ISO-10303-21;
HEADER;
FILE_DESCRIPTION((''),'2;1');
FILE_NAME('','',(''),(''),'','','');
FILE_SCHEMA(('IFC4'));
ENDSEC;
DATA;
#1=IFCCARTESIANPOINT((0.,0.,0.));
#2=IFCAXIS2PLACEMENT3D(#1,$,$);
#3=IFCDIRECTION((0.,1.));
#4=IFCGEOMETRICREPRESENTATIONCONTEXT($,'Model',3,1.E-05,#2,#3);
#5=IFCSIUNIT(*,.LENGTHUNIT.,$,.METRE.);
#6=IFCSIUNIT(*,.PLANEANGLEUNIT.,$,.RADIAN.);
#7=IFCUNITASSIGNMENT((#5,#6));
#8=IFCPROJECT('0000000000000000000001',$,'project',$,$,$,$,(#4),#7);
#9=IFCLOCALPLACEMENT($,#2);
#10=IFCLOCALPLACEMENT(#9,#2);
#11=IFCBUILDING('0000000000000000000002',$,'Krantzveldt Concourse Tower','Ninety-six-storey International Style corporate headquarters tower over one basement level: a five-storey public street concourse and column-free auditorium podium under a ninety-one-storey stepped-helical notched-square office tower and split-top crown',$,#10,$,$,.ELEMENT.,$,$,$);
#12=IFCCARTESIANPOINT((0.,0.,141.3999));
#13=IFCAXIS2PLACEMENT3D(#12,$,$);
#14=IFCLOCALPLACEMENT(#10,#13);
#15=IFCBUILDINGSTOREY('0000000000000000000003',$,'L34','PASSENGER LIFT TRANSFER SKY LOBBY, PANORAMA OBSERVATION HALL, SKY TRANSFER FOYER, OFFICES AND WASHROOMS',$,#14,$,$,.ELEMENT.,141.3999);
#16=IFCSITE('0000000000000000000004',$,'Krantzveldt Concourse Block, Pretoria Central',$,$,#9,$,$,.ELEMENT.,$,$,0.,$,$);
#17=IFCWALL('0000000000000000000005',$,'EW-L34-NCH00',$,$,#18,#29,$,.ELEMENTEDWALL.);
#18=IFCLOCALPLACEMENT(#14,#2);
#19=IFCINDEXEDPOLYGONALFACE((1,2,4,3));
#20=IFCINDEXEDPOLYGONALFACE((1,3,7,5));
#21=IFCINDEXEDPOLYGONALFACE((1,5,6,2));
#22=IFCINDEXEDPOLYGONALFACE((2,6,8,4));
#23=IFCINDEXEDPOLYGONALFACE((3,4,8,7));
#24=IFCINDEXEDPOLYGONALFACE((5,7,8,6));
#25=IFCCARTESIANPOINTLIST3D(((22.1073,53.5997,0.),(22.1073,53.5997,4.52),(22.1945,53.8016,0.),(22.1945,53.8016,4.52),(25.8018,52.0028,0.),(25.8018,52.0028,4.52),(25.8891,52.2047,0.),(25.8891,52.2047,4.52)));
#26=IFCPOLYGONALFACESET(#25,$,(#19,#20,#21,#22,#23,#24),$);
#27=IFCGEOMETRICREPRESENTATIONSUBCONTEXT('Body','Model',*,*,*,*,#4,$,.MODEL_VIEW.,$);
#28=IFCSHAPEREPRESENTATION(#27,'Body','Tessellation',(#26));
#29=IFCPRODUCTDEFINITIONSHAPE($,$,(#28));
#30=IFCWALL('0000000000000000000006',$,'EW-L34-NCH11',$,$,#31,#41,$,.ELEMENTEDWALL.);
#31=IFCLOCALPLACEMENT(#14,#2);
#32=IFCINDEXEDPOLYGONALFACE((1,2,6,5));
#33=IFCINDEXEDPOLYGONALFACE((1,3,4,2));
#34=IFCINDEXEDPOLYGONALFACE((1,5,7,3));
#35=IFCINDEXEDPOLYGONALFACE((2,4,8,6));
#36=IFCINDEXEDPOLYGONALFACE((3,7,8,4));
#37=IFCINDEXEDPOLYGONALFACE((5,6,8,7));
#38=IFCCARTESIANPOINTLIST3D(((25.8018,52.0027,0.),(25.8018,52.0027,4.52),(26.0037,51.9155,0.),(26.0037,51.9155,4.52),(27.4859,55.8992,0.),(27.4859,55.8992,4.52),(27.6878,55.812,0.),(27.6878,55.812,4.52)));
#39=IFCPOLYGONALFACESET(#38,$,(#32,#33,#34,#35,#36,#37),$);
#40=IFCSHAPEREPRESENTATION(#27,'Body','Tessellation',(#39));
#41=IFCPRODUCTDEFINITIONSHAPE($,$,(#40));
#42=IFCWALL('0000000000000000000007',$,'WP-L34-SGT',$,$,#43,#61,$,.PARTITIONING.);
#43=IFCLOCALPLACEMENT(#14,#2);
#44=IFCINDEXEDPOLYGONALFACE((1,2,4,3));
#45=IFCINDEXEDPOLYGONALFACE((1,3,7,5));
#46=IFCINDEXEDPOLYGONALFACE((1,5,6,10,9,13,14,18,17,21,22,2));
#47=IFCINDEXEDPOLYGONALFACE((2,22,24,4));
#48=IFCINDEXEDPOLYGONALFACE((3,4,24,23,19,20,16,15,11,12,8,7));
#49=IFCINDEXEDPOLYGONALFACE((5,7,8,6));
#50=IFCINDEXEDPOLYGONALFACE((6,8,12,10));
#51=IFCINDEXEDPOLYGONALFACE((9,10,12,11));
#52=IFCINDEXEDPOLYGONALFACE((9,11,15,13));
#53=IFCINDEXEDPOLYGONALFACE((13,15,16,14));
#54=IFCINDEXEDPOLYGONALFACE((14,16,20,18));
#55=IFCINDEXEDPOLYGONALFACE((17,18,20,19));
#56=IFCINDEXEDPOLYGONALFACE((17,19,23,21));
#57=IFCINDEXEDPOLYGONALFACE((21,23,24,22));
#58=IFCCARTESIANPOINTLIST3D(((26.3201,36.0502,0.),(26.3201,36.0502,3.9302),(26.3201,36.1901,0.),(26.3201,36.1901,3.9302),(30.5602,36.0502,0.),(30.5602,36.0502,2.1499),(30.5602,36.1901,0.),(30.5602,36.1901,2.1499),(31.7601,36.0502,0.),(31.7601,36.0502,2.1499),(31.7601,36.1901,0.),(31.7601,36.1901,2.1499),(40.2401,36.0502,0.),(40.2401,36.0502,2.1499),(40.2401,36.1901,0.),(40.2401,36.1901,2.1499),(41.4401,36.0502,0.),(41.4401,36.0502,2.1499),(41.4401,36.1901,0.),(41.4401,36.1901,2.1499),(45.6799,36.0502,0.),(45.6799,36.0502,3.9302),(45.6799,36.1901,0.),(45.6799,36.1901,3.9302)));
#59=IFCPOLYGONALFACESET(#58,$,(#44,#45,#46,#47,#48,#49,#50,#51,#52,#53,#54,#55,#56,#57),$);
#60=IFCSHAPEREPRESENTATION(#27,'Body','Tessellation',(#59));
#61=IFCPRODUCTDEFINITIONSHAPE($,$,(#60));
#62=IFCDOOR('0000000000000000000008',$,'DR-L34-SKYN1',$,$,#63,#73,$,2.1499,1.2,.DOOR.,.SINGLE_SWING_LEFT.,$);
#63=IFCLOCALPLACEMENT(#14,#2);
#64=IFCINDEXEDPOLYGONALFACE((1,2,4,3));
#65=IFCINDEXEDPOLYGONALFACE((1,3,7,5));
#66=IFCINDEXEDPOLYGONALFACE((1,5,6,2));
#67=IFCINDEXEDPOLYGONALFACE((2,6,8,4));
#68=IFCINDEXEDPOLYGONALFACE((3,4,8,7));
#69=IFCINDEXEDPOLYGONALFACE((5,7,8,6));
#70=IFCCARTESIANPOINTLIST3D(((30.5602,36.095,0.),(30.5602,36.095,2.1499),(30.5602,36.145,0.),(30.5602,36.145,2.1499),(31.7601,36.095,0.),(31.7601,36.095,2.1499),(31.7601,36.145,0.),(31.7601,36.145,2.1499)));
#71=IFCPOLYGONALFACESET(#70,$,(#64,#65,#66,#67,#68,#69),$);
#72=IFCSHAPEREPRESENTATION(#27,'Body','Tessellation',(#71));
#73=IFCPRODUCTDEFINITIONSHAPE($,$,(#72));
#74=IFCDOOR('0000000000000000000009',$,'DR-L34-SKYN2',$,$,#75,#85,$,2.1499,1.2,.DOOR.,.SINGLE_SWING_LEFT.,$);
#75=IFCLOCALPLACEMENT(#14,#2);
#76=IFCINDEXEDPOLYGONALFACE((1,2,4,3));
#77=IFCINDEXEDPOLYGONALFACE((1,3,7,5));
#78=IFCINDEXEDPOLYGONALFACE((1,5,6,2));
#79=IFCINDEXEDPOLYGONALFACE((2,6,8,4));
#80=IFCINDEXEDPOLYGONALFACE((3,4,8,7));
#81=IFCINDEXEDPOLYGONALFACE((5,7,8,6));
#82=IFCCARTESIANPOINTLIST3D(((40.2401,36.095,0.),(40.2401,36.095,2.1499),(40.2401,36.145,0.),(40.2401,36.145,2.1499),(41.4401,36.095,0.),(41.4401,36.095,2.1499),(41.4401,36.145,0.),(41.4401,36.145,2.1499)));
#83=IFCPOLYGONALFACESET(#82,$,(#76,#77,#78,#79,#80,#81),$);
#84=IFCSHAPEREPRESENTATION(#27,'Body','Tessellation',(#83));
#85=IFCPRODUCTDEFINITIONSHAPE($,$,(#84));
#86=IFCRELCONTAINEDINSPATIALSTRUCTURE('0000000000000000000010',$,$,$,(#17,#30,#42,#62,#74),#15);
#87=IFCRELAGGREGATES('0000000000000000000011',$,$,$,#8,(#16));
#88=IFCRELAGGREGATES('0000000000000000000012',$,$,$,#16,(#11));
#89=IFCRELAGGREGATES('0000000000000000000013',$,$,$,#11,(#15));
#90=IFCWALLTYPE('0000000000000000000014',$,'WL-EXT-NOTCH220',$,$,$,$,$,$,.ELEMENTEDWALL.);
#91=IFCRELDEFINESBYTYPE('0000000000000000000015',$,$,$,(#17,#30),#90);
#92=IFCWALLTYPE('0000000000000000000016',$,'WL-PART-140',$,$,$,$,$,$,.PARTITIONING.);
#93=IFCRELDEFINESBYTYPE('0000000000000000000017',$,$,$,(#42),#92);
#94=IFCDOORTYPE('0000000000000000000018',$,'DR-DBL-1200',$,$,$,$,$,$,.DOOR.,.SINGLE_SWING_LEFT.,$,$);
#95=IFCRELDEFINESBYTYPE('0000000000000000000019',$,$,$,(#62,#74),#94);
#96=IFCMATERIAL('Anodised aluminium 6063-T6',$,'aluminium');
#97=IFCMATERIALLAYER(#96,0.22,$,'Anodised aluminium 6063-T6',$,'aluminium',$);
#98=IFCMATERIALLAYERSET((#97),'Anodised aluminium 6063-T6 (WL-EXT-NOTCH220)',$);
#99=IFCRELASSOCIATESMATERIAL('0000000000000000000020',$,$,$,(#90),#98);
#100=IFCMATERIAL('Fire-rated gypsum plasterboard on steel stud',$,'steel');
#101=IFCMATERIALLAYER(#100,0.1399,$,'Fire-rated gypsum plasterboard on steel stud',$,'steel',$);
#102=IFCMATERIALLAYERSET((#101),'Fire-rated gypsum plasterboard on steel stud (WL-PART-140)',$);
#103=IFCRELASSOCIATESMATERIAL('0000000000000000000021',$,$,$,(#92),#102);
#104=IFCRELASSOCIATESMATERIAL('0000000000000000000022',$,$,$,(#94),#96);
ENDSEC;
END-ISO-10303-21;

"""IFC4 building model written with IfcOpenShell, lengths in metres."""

from ifc_helpers import new_model, si_unit, direction, frame, frame_2d, origin, place, context, subcontext, project, spatial, rectangle, extrude, material, layer, layer_set, type_object, element, fill, save


model = new_model("IFC4")

# Units and contexts
model_context = context("Model", 3, precision=1e-05, world=origin(), true_north=direction((0.0, 1.0)))
body_context = subcontext(model_context, "Body", "Model", "MODEL_VIEW")
ifc_project = project(units=[si_unit("LENGTHUNIT", "METRE"), si_unit("PLANEANGLEUNIT", "RADIAN")], contexts=[model_context])

# Site, building, storey
site_placement = place(None, origin())
site = spatial("IfcSite", under=ifc_project, at=site_placement, Name="Krantzveldt Concourse Block, Pretoria Central", CompositionType="ELEMENT", RefElevation=0.0)
building_placement = place(site_placement, origin())
building = spatial("IfcBuilding", under=site, at=building_placement, Name="Krantzveldt Concourse Tower", Description="Ninety-six-storey International Style corporate headquarters tower over one basement level: a five-storey public street concourse and column-free auditorium podium under a ninety-one-storey stepped-helical notched-square office tower and split-top crown", CompositionType="ELEMENT")
storey_placement = place(building_placement, frame((0.0, 0.0, 141.3999)))
storey = spatial("IfcBuildingStorey", under=building, at=storey_placement, Name="L34", Description="PASSENGER LIFT TRANSFER SKY LOBBY, PANORAMA OBSERVATION HALL, SKY TRANSFER FOYER, OFFICES AND WASHROOMS", CompositionType="ELEMENT", Elevation=141.3999)

# Shared definitions
ifc_material_1 = material(Name="Anodised aluminium 6063-T6", Category="aluminium")

# Walls
ifc_layer_1 = layer(ifc_material_1, 0.22, Name="Anodised aluminium 6063-T6", Category="aluminium")
ifc_layer_set_1 = layer_set([ifc_layer_1], Name="Anodised aluminium 6063-T6 (WL-EXT-NOTCH220)")
wall_type_1 = type_object("IfcWallType", Name="WL-EXT-NOTCH220", PredefinedType="ELEMENTEDWALL", material=ifc_layer_set_1)
wall_1_placement = place(storey_placement, frame((25.8455, 52.1038, 0.0), z_axis=(0.0, 0.0, 1.0), x_axis=(-0.917923, 0.396758, 0.0)))
element("IfcWall", 1, at=wall_1_placement, inside=storey, type_object=wall_type_1, Name="EW-L34-NCH00", PredefinedType="ELEMENTEDWALL", context=body_context, shape_type="SweptSolid", body=[
    extrude(rectangle(XDim=4.0249, YDim=0.22, at=frame_2d((2.0125, 0.0))), origin(), (0.0, 0.0, 1.0), 4.52),
])
wall_2_placement = place(storey_placement, frame((27.5869, 55.8557, 0.0), z_axis=(0.0, 0.0, 1.0), x_axis=(-0.396736, -0.917933, 0.0)))
element("IfcWall", 2, at=wall_2_placement, inside=storey, type_object=wall_type_1, Name="EW-L34-NCH11", PredefinedType="ELEMENTEDWALL", context=body_context, shape_type="SweptSolid", body=[
    extrude(rectangle(XDim=4.2449, YDim=0.22, at=frame_2d((2.1226, 0.0))), origin(), (0.0, 0.0, 1.0), 4.52),
])

# Wall, openings, doors
ifc_material_2 = material(Name="Fire-rated gypsum plasterboard on steel stud", Category="steel")
ifc_layer_2 = layer(ifc_material_2, 0.1399, Name="Fire-rated gypsum plasterboard on steel stud", Category="steel")
ifc_layer_set_2 = layer_set([ifc_layer_2], Name="Fire-rated gypsum plasterboard on steel stud (WL-PART-140)")
wall_type_2 = type_object("IfcWallType", Name="WL-PART-140", PredefinedType="PARTITIONING", material=ifc_layer_set_2)
wall_3_placement = place(storey_placement, frame((26.3201, 36.1201, 0.0), z_axis=(0.0, 0.0, 1.0), x_axis=(1.0, 0.0, 0.0)))
wall_3 = element("IfcWall", 3, at=wall_3_placement, inside=storey, type_object=wall_type_2, Name="WP-L34-SGT", PredefinedType="PARTITIONING", context=body_context, shape_type="SweptSolid", body=[
    extrude(rectangle(XDim=19.3599, YDim=0.1399, at=frame_2d((9.6799, 0.0))), origin(), (0.0, 0.0, 1.0), 3.9302),
])
opening_1_placement = place(wall_3_placement, frame((4.24, 0.0, 0.0)))
opening_1 = element("IfcOpeningElement", 4, at=opening_1_placement, cuts=wall_3, PredefinedType="OPENING", context=body_context, shape_type="SweptSolid", body=[
    extrude(rectangle(XDim=1.2, YDim=2.1499, at=frame_2d((0.6001, 1.075))), frame((0.0, 0.0801, 0.0), z_axis=(0.0, -1.0, 0.0), x_axis=(1.0, 0.0, 0.0)), (0.0, 0.0, 1.0), 0.1599),
])
opening_2_placement = place(wall_3_placement, frame((13.9199, 0.0, 0.0)))
opening_2 = element("IfcOpeningElement", 5, at=opening_2_placement, cuts=wall_3, PredefinedType="OPENING", context=body_context, shape_type="SweptSolid", body=[
    extrude(rectangle(XDim=1.2, YDim=2.1499, at=frame_2d((0.6001, 1.075))), frame((0.0, 0.0801, 0.0), z_axis=(0.0, -1.0, 0.0), x_axis=(1.0, 0.0, 0.0)), (0.0, 0.0, 1.0), 0.1599),
])
door_type = type_object("IfcDoorType", Name="DR-DBL-1200", OperationType="SINGLE_SWING_LEFT", PredefinedType="DOOR", material=ifc_material_1)
door_1_placement = place(opening_1_placement, origin())
door_1 = element("IfcDoor", 6, at=door_1_placement, inside=storey, type_object=door_type, Name="DR-L34-SKYN1", OperationType="SINGLE_SWING_LEFT", OverallHeight=2.1499, OverallWidth=1.2, PredefinedType="DOOR", context=body_context, shape_type="SweptSolid", body=[
    extrude(rectangle(XDim=1.2, YDim=2.1499, at=frame_2d((0.6001, 1.075))), frame((0.0, 0.0249, 0.0), z_axis=(0.0, -1.0, 0.0), x_axis=(1.0, 0.0, 0.0)), (0.0, 0.0, 1.0), 0.05),
])
fill(opening_1, door_1)
door_2_placement = place(opening_2_placement, origin())
door_2 = element("IfcDoor", 7, at=door_2_placement, inside=storey, type_object=door_type, Name="DR-L34-SKYN2", OperationType="SINGLE_SWING_LEFT", OverallHeight=2.1499, OverallWidth=1.2, PredefinedType="DOOR", context=body_context, shape_type="SweptSolid", body=[
    extrude(rectangle(XDim=1.2, YDim=2.1499, at=frame_2d((0.6001, 1.075))), frame((0.0, 0.0249, 0.0), z_axis=(0.0, -1.0, 0.0), x_axis=(1.0, 0.0, 0.0)), (0.0, 0.0, 1.0), 0.05),
])
fill(opening_2, door_2)

save(model, "model.ifc")
